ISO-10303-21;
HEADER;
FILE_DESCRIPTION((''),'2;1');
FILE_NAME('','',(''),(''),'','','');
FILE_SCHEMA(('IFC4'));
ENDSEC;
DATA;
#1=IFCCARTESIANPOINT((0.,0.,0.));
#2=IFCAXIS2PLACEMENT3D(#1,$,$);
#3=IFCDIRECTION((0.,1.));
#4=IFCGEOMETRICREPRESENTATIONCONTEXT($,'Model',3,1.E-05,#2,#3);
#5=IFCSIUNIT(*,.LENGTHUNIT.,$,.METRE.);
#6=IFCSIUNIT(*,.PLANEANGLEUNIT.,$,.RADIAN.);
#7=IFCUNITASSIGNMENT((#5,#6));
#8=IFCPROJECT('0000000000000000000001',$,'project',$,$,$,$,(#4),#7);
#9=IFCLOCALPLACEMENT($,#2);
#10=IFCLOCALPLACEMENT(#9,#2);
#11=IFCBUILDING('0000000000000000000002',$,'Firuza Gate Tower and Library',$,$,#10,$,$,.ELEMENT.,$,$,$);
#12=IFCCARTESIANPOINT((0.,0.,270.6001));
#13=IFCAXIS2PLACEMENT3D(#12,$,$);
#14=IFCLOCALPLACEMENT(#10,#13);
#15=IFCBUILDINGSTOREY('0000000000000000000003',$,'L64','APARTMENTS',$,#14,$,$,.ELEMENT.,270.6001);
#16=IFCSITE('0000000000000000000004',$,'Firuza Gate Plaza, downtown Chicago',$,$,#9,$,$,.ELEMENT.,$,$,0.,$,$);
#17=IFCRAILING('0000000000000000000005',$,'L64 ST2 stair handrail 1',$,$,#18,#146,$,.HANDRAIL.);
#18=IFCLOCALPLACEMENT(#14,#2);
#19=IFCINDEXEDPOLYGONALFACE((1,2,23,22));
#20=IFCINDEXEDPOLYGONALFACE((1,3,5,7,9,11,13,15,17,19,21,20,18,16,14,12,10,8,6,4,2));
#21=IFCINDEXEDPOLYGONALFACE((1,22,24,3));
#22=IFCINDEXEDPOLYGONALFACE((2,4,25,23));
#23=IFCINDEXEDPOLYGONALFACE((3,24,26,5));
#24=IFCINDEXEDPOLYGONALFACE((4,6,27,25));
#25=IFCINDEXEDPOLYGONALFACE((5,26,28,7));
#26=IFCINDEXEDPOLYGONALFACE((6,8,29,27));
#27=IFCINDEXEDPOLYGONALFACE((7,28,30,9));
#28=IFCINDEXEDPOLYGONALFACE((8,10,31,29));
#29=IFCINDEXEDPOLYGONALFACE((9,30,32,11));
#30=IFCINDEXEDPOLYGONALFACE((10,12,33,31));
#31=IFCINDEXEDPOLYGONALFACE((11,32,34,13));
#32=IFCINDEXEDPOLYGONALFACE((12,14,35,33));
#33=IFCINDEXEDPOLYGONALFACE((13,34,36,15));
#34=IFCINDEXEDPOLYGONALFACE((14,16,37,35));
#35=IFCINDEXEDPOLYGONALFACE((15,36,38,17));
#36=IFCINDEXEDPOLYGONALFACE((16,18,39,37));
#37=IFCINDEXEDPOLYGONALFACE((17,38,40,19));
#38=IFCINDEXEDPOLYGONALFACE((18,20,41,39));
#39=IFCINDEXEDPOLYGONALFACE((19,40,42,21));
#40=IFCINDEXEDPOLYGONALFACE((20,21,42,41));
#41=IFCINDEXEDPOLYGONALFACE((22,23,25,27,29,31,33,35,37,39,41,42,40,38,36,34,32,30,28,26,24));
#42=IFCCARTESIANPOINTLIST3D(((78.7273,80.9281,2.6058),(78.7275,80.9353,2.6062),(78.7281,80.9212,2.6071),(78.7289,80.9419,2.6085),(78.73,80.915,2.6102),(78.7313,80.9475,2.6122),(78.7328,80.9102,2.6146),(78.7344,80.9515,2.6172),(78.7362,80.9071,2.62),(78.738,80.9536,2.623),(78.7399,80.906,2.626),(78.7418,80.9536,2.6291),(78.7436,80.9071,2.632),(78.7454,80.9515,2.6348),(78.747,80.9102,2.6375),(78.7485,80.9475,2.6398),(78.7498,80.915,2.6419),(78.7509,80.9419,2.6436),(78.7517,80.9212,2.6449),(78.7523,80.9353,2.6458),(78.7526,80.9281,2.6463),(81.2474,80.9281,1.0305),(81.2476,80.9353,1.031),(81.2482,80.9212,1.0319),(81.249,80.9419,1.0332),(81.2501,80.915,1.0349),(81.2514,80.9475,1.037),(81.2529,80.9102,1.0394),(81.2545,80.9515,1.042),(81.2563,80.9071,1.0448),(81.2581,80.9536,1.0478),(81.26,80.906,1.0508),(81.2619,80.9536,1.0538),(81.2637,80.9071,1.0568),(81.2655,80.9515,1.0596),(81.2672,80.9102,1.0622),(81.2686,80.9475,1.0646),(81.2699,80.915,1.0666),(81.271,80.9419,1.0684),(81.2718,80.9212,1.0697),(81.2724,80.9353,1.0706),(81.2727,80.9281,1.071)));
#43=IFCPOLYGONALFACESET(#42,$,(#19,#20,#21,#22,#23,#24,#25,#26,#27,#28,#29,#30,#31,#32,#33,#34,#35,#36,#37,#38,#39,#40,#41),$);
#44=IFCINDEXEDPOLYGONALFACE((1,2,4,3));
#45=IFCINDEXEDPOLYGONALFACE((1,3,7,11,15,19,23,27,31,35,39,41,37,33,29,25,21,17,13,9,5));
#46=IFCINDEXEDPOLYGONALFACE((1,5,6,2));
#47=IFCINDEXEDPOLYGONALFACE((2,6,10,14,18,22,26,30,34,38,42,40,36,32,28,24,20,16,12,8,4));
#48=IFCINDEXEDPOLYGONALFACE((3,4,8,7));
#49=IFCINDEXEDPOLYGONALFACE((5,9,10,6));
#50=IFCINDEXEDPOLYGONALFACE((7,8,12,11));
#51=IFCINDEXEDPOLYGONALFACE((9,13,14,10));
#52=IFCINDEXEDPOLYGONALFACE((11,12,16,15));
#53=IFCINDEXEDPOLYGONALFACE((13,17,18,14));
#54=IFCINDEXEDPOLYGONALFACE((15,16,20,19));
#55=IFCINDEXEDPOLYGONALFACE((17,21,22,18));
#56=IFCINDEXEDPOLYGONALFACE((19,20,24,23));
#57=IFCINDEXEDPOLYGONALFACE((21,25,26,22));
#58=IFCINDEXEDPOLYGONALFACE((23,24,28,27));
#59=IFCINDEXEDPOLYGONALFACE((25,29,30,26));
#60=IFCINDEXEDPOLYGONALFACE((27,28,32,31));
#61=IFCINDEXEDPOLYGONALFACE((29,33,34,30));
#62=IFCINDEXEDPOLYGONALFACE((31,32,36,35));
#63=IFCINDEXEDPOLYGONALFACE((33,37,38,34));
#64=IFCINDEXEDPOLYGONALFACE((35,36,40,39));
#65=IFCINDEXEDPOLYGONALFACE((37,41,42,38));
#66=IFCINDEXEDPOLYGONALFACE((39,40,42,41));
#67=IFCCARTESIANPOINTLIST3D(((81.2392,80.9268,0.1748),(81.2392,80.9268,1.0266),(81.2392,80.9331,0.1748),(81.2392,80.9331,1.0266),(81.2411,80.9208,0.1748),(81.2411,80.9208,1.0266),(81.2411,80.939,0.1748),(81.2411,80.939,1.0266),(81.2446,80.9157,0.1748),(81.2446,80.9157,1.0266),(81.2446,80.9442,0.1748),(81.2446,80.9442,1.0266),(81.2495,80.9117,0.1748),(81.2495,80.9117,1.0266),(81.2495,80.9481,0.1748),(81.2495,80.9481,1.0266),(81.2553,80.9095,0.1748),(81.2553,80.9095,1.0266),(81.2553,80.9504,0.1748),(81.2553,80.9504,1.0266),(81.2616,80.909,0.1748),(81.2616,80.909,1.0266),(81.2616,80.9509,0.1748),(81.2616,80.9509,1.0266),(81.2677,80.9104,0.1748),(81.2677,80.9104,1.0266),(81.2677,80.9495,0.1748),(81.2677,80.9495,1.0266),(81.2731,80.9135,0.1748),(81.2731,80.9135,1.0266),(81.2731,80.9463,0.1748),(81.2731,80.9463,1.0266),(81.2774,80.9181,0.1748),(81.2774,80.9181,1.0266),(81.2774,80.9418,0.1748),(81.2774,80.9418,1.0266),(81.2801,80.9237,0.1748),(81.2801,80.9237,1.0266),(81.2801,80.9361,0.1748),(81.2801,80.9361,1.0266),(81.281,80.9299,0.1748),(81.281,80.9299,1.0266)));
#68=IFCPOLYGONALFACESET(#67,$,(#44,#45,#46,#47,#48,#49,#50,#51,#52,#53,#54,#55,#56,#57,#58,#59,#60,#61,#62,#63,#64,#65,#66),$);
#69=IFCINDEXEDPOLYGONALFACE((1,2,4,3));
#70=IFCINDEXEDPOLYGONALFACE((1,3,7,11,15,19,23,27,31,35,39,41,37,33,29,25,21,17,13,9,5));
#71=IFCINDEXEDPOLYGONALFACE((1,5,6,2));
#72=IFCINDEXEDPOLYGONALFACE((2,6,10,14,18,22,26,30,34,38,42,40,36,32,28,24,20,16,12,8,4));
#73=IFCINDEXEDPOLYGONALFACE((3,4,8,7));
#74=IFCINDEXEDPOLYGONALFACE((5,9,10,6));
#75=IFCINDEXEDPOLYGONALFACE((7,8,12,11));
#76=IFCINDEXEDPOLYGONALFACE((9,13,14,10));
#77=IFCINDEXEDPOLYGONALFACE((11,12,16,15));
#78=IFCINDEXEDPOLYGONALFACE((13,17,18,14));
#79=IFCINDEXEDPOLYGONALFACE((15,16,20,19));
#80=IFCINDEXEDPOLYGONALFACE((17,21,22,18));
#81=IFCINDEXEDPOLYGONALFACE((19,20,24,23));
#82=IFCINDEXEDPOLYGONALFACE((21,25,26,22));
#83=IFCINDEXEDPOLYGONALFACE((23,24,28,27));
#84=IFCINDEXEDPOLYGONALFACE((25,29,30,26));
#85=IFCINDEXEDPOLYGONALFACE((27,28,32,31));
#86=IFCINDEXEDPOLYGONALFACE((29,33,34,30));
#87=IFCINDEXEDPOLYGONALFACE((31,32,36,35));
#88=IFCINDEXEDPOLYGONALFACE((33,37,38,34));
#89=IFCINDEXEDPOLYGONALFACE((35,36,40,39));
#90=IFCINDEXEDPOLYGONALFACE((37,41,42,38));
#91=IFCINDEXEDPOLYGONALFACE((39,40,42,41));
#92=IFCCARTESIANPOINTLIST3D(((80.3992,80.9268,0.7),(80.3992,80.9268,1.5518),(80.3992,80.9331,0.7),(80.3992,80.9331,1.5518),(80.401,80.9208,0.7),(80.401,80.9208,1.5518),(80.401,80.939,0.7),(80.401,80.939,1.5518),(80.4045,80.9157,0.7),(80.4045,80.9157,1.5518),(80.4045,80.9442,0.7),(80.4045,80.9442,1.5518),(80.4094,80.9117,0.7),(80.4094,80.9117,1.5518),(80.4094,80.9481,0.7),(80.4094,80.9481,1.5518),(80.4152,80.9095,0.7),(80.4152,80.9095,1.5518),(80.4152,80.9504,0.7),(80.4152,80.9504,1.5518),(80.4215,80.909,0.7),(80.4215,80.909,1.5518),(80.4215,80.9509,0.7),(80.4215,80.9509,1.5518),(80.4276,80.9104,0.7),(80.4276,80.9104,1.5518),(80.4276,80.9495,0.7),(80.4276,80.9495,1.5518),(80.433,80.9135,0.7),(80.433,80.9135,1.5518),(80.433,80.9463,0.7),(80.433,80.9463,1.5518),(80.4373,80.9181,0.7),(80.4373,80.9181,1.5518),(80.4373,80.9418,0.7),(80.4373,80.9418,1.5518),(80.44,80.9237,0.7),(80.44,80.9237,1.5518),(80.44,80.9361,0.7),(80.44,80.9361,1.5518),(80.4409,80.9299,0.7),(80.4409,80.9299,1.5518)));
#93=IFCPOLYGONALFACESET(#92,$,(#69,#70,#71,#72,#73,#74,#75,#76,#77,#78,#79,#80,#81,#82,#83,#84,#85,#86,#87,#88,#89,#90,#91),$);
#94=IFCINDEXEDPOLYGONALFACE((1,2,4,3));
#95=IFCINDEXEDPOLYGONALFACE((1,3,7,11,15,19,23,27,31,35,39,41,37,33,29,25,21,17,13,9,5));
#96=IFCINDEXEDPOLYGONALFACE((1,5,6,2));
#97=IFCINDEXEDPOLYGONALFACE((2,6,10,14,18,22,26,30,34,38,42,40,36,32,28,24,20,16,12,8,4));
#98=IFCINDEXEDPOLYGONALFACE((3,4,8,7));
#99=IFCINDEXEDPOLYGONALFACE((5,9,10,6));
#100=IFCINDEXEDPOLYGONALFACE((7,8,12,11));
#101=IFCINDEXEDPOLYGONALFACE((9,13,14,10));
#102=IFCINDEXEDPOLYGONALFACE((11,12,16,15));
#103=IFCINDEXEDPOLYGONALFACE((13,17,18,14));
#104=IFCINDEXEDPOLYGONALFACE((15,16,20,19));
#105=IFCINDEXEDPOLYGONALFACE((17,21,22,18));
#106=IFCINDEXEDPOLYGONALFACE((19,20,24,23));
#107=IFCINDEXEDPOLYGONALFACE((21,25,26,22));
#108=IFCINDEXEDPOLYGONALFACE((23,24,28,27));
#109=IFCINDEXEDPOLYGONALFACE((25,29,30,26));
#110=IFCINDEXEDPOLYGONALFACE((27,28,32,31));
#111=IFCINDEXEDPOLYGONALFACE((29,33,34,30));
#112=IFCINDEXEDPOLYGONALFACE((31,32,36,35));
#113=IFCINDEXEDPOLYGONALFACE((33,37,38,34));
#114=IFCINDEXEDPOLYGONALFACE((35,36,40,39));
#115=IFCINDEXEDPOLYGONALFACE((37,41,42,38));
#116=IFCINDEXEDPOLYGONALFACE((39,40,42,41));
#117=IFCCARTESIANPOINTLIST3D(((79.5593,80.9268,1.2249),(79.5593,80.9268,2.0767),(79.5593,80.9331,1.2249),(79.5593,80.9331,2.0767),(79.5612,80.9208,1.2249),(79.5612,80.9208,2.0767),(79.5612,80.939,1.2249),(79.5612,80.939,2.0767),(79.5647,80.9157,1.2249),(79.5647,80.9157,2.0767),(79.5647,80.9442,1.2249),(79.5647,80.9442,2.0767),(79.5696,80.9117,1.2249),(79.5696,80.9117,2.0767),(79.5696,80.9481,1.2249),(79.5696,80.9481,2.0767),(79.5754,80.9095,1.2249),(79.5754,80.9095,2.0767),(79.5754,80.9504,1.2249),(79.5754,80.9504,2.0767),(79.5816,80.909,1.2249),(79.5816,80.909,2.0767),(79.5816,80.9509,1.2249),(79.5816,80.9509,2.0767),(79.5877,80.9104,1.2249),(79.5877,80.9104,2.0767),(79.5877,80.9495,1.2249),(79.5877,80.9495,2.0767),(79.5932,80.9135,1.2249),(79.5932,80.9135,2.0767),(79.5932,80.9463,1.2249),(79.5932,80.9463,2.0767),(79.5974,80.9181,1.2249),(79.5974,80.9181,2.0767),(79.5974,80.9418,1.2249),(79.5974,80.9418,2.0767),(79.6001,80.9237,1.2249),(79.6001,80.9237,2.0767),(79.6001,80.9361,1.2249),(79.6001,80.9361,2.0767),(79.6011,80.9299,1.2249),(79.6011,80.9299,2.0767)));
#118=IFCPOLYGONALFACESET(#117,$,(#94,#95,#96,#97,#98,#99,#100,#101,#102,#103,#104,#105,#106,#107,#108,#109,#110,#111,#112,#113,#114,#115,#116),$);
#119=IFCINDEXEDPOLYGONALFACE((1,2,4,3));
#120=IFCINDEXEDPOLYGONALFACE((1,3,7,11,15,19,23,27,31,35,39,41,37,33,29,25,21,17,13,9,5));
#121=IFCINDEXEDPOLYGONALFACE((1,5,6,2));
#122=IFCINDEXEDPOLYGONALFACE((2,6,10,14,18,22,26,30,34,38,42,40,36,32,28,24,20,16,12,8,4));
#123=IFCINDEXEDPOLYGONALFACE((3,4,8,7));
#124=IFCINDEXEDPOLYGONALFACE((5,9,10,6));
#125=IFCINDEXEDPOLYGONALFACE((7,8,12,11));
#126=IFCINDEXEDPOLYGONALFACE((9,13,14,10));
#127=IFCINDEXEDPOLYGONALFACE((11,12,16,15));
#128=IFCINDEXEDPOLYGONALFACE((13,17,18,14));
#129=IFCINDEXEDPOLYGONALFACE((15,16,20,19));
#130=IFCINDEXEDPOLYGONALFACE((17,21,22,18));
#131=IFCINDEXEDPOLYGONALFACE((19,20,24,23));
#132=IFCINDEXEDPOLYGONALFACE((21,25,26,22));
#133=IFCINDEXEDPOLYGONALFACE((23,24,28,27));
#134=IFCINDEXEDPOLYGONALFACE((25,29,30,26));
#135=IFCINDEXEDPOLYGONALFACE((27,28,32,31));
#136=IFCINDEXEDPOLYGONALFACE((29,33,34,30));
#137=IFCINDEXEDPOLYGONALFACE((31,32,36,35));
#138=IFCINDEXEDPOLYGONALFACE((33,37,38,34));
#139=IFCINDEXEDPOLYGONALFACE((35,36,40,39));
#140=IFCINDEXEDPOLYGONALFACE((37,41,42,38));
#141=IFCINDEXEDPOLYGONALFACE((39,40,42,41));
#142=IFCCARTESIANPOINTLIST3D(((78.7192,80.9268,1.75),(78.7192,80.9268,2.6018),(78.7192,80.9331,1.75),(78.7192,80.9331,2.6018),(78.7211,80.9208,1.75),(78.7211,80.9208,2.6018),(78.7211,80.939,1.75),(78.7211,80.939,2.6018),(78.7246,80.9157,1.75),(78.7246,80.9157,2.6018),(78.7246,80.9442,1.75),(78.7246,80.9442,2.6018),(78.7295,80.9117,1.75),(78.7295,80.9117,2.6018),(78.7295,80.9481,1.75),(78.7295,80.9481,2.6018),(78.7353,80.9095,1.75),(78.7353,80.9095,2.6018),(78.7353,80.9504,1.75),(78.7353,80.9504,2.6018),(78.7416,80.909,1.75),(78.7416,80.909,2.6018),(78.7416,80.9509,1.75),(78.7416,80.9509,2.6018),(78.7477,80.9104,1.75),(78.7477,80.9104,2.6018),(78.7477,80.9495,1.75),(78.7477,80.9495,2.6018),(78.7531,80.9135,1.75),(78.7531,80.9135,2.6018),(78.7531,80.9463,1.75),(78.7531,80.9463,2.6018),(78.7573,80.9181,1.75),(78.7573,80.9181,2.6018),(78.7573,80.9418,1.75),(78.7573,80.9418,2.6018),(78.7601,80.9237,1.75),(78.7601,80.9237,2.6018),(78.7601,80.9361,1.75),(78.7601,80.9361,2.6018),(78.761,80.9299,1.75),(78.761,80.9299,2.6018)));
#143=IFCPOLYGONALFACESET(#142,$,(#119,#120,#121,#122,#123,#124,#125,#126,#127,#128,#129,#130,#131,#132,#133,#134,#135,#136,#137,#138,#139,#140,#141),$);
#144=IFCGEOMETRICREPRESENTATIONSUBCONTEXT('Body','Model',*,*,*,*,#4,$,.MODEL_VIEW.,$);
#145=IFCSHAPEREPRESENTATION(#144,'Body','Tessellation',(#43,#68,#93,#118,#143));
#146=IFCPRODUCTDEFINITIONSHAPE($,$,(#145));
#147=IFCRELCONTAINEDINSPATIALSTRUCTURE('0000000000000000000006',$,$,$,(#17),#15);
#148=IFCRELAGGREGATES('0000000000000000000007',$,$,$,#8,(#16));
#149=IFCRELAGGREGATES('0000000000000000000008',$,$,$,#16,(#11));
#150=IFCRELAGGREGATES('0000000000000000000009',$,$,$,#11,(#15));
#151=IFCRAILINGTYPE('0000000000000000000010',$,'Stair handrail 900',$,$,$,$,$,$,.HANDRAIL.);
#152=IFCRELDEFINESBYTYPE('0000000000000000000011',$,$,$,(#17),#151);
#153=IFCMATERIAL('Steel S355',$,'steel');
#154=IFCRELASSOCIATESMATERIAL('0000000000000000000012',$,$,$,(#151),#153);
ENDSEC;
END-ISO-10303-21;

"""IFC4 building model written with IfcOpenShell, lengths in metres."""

from ifc_helpers import new_model, si_unit, direction, frame, origin, origin_2d, place, context, subcontext, project, spatial, circle, extrude, material, type_object, element, save


model = new_model("IFC4")

# Units and contexts
model_context = context("Model", 3, precision=1e-05, world=origin(), true_north=direction((0.0, 1.0)))
body_context = subcontext(model_context, "Body", "Model", "MODEL_VIEW")
ifc_project = project(units=[si_unit("LENGTHUNIT", "METRE"), si_unit("PLANEANGLEUNIT", "RADIAN")], contexts=[model_context])

# Site, building, storey
site_placement = place(None, origin())
site = spatial("IfcSite", under=ifc_project, at=site_placement, Name="Firuza Gate Plaza, downtown Chicago", CompositionType="ELEMENT", RefElevation=0.0)
building_placement = place(site_placement, origin())
building = spatial("IfcBuilding", under=site, at=building_placement, Name="Firuza Gate Tower and Library", CompositionType="ELEMENT")
storey_placement = place(building_placement, frame((0.0, 0.0, 270.6001)))
storey = spatial("IfcBuildingStorey", under=building, at=storey_placement, Name="L64", Description="APARTMENTS", CompositionType="ELEMENT", Elevation=270.6001)

# Railing
ifc_material_1 = material(Name="Steel S355", Category="steel")
railing_type_1 = type_object("IfcRailingType", Name="Stair handrail 900", PredefinedType="HANDRAIL", material=ifc_material_1)
railing_1_placement = place(storey_placement, frame((81.26, 80.9299, 0.1748)))
element("IfcRailing", 1, at=railing_1_placement, inside=storey, type_object=railing_type_1, Name="L64 ST2 stair handrail 1", PredefinedType="HANDRAIL", context=body_context, shape_type="SweptSolid", body=[
    extrude(circle(Radius=0.0239, at=origin_2d()), frame((0.0, 0.0, 0.876), z_axis=(-0.847971, 0.0, 0.530043), x_axis=(0.0, -1.0, 0.0)), (0.0, 0.0, 1.0), 2.9719),
    extrude(circle(Radius=0.021, at=origin_2d()), origin(), (0.0, 0.0, 1.0), 0.8518),
    extrude(circle(Radius=0.021, at=origin_2d()), frame((-0.8401, 0.0, 0.5251)), (0.0, 0.0, 1.0), 0.8518),
    extrude(circle(Radius=0.021, at=origin_2d()), frame((-1.6799, 0.0, 1.05)), (0.0, 0.0, 1.0), 0.8518),
    extrude(circle(Radius=0.021, at=origin_2d()), frame((-2.52, 0.0, 1.5752)), (0.0, 0.0, 1.0), 0.8518),
])

save(model, "model.ifc")
